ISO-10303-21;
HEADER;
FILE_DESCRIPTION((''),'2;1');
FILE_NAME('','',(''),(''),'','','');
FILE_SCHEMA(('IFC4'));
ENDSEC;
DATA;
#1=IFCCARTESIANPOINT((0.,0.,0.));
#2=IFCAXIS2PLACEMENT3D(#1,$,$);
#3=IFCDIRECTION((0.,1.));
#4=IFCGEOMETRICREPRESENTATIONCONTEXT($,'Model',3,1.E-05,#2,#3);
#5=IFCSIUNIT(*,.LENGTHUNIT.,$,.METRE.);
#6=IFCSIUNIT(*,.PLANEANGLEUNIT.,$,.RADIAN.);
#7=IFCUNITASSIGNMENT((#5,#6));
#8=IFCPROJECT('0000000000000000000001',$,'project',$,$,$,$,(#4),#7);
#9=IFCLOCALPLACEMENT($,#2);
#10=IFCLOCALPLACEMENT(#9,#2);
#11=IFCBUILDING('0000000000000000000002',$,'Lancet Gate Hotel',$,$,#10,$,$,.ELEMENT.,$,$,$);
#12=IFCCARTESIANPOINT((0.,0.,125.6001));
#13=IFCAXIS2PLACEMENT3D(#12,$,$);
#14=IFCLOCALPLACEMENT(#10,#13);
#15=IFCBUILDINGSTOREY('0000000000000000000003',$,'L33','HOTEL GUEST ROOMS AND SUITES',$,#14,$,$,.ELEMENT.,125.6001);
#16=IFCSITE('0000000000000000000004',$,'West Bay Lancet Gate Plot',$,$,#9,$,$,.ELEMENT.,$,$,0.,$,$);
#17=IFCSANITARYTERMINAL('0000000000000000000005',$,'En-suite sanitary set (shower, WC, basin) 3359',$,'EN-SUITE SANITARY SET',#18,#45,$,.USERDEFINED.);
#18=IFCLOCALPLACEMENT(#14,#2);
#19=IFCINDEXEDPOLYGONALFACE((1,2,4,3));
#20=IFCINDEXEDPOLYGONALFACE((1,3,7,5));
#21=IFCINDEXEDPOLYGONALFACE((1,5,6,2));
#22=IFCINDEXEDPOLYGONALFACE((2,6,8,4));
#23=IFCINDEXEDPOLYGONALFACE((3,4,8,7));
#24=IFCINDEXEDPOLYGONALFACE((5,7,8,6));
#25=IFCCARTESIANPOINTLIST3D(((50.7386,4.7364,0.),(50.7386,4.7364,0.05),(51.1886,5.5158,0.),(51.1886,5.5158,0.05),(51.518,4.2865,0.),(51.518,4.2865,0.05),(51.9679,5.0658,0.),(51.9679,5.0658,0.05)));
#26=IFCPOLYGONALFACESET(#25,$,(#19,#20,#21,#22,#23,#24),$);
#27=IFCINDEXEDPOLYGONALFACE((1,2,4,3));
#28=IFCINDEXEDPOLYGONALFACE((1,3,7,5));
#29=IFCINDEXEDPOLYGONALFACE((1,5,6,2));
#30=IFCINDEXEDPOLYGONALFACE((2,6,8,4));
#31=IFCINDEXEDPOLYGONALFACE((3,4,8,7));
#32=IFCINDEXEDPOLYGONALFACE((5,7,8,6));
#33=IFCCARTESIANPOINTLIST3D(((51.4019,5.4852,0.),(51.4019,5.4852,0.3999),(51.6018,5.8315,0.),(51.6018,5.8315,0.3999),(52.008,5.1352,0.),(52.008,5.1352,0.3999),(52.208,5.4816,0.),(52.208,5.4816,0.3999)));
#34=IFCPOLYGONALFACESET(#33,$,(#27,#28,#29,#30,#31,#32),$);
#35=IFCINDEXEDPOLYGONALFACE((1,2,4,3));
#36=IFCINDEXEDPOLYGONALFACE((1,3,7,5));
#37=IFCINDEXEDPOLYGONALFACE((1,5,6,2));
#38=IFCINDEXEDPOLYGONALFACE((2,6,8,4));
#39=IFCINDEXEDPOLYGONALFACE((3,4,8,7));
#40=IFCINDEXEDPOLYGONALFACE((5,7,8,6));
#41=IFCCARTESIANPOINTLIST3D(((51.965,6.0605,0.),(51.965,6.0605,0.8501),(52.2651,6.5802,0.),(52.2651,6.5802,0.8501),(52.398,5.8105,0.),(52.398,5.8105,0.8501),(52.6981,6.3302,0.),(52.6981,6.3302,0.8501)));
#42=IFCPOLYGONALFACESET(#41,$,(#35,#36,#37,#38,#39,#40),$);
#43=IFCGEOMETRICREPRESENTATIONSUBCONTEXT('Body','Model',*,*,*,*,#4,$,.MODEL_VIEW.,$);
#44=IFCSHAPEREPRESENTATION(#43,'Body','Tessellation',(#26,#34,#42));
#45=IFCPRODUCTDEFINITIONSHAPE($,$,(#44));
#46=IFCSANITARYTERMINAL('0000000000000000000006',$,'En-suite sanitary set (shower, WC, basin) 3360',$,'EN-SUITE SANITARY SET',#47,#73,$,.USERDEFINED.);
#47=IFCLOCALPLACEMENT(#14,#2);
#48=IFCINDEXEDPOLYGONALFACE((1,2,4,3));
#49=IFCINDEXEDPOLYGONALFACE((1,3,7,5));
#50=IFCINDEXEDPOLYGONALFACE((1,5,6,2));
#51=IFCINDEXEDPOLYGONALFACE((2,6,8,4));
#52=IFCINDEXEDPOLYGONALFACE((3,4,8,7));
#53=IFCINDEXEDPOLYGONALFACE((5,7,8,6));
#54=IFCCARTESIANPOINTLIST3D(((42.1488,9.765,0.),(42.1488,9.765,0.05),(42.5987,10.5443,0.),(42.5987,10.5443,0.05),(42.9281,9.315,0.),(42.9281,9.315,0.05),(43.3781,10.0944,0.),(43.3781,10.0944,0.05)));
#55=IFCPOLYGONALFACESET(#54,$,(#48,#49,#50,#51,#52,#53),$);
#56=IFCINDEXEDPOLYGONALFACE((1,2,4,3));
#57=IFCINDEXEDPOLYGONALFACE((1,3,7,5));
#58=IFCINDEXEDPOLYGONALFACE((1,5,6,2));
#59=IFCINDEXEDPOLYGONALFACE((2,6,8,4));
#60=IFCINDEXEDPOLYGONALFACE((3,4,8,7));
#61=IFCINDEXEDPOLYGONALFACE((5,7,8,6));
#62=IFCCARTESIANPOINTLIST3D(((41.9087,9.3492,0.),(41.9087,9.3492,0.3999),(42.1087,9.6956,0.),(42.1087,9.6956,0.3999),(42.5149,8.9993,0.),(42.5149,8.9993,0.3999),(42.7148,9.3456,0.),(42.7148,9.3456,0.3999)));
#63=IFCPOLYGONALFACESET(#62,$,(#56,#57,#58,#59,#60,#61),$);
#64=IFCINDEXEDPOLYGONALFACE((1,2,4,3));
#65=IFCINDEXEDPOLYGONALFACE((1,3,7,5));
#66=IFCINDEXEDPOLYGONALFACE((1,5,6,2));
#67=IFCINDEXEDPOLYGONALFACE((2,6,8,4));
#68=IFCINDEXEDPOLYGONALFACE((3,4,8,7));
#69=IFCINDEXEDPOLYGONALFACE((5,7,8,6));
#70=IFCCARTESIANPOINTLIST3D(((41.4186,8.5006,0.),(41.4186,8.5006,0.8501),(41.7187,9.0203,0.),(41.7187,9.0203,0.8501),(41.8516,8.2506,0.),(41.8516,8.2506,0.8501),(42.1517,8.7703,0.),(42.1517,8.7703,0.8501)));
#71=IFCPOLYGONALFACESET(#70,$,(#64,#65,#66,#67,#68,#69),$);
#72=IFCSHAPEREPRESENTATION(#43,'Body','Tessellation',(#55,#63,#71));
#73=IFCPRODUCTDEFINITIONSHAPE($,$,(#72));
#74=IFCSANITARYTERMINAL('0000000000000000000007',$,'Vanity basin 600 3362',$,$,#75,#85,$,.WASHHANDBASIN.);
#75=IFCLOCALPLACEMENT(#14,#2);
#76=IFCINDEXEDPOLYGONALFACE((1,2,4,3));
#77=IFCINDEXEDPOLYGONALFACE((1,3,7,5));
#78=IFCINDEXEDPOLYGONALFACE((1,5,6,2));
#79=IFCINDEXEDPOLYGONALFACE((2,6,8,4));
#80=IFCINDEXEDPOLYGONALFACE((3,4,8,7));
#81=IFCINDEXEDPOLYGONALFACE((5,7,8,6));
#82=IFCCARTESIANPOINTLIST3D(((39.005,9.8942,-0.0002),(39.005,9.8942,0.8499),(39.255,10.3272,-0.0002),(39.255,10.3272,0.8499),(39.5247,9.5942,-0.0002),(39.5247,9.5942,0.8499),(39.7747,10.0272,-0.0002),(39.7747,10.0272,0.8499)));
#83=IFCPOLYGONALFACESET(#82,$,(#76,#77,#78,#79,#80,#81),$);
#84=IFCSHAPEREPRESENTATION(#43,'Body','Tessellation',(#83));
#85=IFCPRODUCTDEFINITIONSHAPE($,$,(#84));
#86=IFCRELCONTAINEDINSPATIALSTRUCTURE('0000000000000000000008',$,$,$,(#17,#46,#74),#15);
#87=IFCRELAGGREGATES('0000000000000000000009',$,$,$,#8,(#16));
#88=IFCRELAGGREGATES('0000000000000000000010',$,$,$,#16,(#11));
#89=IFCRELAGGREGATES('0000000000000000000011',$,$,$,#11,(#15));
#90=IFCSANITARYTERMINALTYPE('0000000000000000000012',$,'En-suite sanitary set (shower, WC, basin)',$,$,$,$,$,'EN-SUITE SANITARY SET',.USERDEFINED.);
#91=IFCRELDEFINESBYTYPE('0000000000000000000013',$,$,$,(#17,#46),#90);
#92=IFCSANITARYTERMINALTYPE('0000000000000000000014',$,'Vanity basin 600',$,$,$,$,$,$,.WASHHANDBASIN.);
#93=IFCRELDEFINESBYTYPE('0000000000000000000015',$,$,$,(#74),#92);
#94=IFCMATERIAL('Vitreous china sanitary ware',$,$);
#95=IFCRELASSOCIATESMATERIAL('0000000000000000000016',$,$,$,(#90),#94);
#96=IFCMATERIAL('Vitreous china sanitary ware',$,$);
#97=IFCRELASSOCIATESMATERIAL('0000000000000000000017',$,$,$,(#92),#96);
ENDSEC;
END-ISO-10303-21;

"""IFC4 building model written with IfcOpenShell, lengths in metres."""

from ifc_helpers import new_model, si_unit, direction, frame, origin, origin_2d, place, context, subcontext, project, spatial, rectangle, extrude, material, type_object, element, save


model = new_model("IFC4")

# Units and contexts
model_context = context("Model", 3, precision=1e-05, world=origin(), true_north=direction((0.0, 1.0)))
body_context = subcontext(model_context, "Body", "Model", "MODEL_VIEW")
ifc_project = project(units=[si_unit("LENGTHUNIT", "METRE"), si_unit("PLANEANGLEUNIT", "RADIAN")], contexts=[model_context])

# Site, building, storey
site_placement = place(None, origin())
site = spatial("IfcSite", under=ifc_project, at=site_placement, Name="West Bay Lancet Gate Plot", CompositionType="ELEMENT", RefElevation=0.0)
building_placement = place(site_placement, origin())
building = spatial("IfcBuilding", under=site, at=building_placement, Name="Lancet Gate Hotel", CompositionType="ELEMENT")
storey_placement = place(building_placement, frame((0.0, 0.0, 125.6001)))
storey = spatial("IfcBuildingStorey", under=building, at=storey_placement, Name="L33", Description="HOTEL GUEST ROOMS AND SUITES", CompositionType="ELEMENT", Elevation=125.6001)

# Sanitary terminals
ifc_material_1 = material(Name="Vitreous china sanitary ware")
sanitary_terminal_type_1 = type_object("IfcSanitaryTerminalType", Name="En-suite sanitary set (shower, WC, basin)", ElementType="EN-SUITE SANITARY SET", PredefinedType="USERDEFINED", material=ifc_material_1)
sanitary_terminal_1_placement = place(storey_placement, frame((51.3533, 4.9011, 0.0), z_axis=(0.0, 0.0, 1.0), x_axis=(1.0, 0.0, 0.0)))
element("IfcSanitaryTerminal", 1, at=sanitary_terminal_1_placement, inside=storey, type_object=sanitary_terminal_type_1, Name="En-suite sanitary set (shower, WC, basin) 3359", ObjectType="EN-SUITE SANITARY SET", PredefinedType="USERDEFINED", context=body_context, shape_type="SweptSolid", body=[
    extrude(rectangle(XDim=0.8999, YDim=0.8999, at=origin_2d()), frame((0.0, 0.0, 0.0), z_axis=(0.0, 0.0, 1.0), x_axis=(-0.5, -0.866025, 0.0)), (0.0, 0.0, 1.0), 0.05),
    extrude(rectangle(XDim=0.3999, YDim=0.7, at=origin_2d()), frame((0.4517, 0.5823, 0.0), z_axis=(0.0, 0.0, 1.0), x_axis=(-0.5, -0.866025, 0.0)), (0.0, 0.0, 1.0), 0.3999),
    extrude(rectangle(XDim=0.6001, YDim=0.5, at=origin_2d()), frame((0.9783, 1.2942, 0.0), z_axis=(0.0, 0.0, 1.0), x_axis=(-0.5, -0.866025, 0.0)), (0.0, 0.0, 1.0), 0.8501),
])
sanitary_terminal_2_placement = place(storey_placement, frame((42.7634, 9.9297, 0.0), z_axis=(0.0, 0.0, 1.0), x_axis=(1.0, 0.0, 0.0)))
element("IfcSanitaryTerminal", 2, at=sanitary_terminal_2_placement, inside=storey, type_object=sanitary_terminal_type_1, Name="En-suite sanitary set (shower, WC, basin) 3360", ObjectType="EN-SUITE SANITARY SET", PredefinedType="USERDEFINED", context=body_context, shape_type="SweptSolid", body=[
    extrude(rectangle(XDim=0.8999, YDim=0.8999, at=origin_2d()), frame((0.0, 0.0, 0.0), z_axis=(0.0, 0.0, 1.0), x_axis=(0.5, 0.866025, 0.0)), (0.0, 0.0, 1.0), 0.05),
    extrude(rectangle(XDim=0.3999, YDim=0.7, at=origin_2d()), frame((-0.4517, -0.5823, 0.0), z_axis=(0.0, 0.0, 1.0), x_axis=(0.5, 0.866025, 0.0)), (0.0, 0.0, 1.0), 0.3999),
    extrude(rectangle(XDim=0.6001, YDim=0.5, at=origin_2d()), frame((-0.9783, -1.2942, 0.0), z_axis=(0.0, 0.0, 1.0), x_axis=(0.5, 0.866025, 0.0)), (0.0, 0.0, 1.0), 0.8501),
])
ifc_material_2 = material(Name="Vitreous china sanitary ware")
sanitary_terminal_type_2 = type_object("IfcSanitaryTerminalType", Name="Vanity basin 600", PredefinedType="WASHHANDBASIN", material=ifc_material_2)
sanitary_terminal_3_placement = place(storey_placement, frame((39.3899, 9.9607, -0.0002), z_axis=(0.0, 0.0, 1.0), x_axis=(-0.866025, 0.5, 0.0)))
element("IfcSanitaryTerminal", 3, at=sanitary_terminal_3_placement, inside=storey, type_object=sanitary_terminal_type_2, Name="Vanity basin 600 3362", PredefinedType="WASHHANDBASIN", context=body_context, shape_type="SweptSolid", body=[
    extrude(rectangle(XDim=0.6001, YDim=0.5, at=origin_2d()), origin(), (0.0, 0.0, 1.0), 0.8501),
])

save(model, "model.ifc")
